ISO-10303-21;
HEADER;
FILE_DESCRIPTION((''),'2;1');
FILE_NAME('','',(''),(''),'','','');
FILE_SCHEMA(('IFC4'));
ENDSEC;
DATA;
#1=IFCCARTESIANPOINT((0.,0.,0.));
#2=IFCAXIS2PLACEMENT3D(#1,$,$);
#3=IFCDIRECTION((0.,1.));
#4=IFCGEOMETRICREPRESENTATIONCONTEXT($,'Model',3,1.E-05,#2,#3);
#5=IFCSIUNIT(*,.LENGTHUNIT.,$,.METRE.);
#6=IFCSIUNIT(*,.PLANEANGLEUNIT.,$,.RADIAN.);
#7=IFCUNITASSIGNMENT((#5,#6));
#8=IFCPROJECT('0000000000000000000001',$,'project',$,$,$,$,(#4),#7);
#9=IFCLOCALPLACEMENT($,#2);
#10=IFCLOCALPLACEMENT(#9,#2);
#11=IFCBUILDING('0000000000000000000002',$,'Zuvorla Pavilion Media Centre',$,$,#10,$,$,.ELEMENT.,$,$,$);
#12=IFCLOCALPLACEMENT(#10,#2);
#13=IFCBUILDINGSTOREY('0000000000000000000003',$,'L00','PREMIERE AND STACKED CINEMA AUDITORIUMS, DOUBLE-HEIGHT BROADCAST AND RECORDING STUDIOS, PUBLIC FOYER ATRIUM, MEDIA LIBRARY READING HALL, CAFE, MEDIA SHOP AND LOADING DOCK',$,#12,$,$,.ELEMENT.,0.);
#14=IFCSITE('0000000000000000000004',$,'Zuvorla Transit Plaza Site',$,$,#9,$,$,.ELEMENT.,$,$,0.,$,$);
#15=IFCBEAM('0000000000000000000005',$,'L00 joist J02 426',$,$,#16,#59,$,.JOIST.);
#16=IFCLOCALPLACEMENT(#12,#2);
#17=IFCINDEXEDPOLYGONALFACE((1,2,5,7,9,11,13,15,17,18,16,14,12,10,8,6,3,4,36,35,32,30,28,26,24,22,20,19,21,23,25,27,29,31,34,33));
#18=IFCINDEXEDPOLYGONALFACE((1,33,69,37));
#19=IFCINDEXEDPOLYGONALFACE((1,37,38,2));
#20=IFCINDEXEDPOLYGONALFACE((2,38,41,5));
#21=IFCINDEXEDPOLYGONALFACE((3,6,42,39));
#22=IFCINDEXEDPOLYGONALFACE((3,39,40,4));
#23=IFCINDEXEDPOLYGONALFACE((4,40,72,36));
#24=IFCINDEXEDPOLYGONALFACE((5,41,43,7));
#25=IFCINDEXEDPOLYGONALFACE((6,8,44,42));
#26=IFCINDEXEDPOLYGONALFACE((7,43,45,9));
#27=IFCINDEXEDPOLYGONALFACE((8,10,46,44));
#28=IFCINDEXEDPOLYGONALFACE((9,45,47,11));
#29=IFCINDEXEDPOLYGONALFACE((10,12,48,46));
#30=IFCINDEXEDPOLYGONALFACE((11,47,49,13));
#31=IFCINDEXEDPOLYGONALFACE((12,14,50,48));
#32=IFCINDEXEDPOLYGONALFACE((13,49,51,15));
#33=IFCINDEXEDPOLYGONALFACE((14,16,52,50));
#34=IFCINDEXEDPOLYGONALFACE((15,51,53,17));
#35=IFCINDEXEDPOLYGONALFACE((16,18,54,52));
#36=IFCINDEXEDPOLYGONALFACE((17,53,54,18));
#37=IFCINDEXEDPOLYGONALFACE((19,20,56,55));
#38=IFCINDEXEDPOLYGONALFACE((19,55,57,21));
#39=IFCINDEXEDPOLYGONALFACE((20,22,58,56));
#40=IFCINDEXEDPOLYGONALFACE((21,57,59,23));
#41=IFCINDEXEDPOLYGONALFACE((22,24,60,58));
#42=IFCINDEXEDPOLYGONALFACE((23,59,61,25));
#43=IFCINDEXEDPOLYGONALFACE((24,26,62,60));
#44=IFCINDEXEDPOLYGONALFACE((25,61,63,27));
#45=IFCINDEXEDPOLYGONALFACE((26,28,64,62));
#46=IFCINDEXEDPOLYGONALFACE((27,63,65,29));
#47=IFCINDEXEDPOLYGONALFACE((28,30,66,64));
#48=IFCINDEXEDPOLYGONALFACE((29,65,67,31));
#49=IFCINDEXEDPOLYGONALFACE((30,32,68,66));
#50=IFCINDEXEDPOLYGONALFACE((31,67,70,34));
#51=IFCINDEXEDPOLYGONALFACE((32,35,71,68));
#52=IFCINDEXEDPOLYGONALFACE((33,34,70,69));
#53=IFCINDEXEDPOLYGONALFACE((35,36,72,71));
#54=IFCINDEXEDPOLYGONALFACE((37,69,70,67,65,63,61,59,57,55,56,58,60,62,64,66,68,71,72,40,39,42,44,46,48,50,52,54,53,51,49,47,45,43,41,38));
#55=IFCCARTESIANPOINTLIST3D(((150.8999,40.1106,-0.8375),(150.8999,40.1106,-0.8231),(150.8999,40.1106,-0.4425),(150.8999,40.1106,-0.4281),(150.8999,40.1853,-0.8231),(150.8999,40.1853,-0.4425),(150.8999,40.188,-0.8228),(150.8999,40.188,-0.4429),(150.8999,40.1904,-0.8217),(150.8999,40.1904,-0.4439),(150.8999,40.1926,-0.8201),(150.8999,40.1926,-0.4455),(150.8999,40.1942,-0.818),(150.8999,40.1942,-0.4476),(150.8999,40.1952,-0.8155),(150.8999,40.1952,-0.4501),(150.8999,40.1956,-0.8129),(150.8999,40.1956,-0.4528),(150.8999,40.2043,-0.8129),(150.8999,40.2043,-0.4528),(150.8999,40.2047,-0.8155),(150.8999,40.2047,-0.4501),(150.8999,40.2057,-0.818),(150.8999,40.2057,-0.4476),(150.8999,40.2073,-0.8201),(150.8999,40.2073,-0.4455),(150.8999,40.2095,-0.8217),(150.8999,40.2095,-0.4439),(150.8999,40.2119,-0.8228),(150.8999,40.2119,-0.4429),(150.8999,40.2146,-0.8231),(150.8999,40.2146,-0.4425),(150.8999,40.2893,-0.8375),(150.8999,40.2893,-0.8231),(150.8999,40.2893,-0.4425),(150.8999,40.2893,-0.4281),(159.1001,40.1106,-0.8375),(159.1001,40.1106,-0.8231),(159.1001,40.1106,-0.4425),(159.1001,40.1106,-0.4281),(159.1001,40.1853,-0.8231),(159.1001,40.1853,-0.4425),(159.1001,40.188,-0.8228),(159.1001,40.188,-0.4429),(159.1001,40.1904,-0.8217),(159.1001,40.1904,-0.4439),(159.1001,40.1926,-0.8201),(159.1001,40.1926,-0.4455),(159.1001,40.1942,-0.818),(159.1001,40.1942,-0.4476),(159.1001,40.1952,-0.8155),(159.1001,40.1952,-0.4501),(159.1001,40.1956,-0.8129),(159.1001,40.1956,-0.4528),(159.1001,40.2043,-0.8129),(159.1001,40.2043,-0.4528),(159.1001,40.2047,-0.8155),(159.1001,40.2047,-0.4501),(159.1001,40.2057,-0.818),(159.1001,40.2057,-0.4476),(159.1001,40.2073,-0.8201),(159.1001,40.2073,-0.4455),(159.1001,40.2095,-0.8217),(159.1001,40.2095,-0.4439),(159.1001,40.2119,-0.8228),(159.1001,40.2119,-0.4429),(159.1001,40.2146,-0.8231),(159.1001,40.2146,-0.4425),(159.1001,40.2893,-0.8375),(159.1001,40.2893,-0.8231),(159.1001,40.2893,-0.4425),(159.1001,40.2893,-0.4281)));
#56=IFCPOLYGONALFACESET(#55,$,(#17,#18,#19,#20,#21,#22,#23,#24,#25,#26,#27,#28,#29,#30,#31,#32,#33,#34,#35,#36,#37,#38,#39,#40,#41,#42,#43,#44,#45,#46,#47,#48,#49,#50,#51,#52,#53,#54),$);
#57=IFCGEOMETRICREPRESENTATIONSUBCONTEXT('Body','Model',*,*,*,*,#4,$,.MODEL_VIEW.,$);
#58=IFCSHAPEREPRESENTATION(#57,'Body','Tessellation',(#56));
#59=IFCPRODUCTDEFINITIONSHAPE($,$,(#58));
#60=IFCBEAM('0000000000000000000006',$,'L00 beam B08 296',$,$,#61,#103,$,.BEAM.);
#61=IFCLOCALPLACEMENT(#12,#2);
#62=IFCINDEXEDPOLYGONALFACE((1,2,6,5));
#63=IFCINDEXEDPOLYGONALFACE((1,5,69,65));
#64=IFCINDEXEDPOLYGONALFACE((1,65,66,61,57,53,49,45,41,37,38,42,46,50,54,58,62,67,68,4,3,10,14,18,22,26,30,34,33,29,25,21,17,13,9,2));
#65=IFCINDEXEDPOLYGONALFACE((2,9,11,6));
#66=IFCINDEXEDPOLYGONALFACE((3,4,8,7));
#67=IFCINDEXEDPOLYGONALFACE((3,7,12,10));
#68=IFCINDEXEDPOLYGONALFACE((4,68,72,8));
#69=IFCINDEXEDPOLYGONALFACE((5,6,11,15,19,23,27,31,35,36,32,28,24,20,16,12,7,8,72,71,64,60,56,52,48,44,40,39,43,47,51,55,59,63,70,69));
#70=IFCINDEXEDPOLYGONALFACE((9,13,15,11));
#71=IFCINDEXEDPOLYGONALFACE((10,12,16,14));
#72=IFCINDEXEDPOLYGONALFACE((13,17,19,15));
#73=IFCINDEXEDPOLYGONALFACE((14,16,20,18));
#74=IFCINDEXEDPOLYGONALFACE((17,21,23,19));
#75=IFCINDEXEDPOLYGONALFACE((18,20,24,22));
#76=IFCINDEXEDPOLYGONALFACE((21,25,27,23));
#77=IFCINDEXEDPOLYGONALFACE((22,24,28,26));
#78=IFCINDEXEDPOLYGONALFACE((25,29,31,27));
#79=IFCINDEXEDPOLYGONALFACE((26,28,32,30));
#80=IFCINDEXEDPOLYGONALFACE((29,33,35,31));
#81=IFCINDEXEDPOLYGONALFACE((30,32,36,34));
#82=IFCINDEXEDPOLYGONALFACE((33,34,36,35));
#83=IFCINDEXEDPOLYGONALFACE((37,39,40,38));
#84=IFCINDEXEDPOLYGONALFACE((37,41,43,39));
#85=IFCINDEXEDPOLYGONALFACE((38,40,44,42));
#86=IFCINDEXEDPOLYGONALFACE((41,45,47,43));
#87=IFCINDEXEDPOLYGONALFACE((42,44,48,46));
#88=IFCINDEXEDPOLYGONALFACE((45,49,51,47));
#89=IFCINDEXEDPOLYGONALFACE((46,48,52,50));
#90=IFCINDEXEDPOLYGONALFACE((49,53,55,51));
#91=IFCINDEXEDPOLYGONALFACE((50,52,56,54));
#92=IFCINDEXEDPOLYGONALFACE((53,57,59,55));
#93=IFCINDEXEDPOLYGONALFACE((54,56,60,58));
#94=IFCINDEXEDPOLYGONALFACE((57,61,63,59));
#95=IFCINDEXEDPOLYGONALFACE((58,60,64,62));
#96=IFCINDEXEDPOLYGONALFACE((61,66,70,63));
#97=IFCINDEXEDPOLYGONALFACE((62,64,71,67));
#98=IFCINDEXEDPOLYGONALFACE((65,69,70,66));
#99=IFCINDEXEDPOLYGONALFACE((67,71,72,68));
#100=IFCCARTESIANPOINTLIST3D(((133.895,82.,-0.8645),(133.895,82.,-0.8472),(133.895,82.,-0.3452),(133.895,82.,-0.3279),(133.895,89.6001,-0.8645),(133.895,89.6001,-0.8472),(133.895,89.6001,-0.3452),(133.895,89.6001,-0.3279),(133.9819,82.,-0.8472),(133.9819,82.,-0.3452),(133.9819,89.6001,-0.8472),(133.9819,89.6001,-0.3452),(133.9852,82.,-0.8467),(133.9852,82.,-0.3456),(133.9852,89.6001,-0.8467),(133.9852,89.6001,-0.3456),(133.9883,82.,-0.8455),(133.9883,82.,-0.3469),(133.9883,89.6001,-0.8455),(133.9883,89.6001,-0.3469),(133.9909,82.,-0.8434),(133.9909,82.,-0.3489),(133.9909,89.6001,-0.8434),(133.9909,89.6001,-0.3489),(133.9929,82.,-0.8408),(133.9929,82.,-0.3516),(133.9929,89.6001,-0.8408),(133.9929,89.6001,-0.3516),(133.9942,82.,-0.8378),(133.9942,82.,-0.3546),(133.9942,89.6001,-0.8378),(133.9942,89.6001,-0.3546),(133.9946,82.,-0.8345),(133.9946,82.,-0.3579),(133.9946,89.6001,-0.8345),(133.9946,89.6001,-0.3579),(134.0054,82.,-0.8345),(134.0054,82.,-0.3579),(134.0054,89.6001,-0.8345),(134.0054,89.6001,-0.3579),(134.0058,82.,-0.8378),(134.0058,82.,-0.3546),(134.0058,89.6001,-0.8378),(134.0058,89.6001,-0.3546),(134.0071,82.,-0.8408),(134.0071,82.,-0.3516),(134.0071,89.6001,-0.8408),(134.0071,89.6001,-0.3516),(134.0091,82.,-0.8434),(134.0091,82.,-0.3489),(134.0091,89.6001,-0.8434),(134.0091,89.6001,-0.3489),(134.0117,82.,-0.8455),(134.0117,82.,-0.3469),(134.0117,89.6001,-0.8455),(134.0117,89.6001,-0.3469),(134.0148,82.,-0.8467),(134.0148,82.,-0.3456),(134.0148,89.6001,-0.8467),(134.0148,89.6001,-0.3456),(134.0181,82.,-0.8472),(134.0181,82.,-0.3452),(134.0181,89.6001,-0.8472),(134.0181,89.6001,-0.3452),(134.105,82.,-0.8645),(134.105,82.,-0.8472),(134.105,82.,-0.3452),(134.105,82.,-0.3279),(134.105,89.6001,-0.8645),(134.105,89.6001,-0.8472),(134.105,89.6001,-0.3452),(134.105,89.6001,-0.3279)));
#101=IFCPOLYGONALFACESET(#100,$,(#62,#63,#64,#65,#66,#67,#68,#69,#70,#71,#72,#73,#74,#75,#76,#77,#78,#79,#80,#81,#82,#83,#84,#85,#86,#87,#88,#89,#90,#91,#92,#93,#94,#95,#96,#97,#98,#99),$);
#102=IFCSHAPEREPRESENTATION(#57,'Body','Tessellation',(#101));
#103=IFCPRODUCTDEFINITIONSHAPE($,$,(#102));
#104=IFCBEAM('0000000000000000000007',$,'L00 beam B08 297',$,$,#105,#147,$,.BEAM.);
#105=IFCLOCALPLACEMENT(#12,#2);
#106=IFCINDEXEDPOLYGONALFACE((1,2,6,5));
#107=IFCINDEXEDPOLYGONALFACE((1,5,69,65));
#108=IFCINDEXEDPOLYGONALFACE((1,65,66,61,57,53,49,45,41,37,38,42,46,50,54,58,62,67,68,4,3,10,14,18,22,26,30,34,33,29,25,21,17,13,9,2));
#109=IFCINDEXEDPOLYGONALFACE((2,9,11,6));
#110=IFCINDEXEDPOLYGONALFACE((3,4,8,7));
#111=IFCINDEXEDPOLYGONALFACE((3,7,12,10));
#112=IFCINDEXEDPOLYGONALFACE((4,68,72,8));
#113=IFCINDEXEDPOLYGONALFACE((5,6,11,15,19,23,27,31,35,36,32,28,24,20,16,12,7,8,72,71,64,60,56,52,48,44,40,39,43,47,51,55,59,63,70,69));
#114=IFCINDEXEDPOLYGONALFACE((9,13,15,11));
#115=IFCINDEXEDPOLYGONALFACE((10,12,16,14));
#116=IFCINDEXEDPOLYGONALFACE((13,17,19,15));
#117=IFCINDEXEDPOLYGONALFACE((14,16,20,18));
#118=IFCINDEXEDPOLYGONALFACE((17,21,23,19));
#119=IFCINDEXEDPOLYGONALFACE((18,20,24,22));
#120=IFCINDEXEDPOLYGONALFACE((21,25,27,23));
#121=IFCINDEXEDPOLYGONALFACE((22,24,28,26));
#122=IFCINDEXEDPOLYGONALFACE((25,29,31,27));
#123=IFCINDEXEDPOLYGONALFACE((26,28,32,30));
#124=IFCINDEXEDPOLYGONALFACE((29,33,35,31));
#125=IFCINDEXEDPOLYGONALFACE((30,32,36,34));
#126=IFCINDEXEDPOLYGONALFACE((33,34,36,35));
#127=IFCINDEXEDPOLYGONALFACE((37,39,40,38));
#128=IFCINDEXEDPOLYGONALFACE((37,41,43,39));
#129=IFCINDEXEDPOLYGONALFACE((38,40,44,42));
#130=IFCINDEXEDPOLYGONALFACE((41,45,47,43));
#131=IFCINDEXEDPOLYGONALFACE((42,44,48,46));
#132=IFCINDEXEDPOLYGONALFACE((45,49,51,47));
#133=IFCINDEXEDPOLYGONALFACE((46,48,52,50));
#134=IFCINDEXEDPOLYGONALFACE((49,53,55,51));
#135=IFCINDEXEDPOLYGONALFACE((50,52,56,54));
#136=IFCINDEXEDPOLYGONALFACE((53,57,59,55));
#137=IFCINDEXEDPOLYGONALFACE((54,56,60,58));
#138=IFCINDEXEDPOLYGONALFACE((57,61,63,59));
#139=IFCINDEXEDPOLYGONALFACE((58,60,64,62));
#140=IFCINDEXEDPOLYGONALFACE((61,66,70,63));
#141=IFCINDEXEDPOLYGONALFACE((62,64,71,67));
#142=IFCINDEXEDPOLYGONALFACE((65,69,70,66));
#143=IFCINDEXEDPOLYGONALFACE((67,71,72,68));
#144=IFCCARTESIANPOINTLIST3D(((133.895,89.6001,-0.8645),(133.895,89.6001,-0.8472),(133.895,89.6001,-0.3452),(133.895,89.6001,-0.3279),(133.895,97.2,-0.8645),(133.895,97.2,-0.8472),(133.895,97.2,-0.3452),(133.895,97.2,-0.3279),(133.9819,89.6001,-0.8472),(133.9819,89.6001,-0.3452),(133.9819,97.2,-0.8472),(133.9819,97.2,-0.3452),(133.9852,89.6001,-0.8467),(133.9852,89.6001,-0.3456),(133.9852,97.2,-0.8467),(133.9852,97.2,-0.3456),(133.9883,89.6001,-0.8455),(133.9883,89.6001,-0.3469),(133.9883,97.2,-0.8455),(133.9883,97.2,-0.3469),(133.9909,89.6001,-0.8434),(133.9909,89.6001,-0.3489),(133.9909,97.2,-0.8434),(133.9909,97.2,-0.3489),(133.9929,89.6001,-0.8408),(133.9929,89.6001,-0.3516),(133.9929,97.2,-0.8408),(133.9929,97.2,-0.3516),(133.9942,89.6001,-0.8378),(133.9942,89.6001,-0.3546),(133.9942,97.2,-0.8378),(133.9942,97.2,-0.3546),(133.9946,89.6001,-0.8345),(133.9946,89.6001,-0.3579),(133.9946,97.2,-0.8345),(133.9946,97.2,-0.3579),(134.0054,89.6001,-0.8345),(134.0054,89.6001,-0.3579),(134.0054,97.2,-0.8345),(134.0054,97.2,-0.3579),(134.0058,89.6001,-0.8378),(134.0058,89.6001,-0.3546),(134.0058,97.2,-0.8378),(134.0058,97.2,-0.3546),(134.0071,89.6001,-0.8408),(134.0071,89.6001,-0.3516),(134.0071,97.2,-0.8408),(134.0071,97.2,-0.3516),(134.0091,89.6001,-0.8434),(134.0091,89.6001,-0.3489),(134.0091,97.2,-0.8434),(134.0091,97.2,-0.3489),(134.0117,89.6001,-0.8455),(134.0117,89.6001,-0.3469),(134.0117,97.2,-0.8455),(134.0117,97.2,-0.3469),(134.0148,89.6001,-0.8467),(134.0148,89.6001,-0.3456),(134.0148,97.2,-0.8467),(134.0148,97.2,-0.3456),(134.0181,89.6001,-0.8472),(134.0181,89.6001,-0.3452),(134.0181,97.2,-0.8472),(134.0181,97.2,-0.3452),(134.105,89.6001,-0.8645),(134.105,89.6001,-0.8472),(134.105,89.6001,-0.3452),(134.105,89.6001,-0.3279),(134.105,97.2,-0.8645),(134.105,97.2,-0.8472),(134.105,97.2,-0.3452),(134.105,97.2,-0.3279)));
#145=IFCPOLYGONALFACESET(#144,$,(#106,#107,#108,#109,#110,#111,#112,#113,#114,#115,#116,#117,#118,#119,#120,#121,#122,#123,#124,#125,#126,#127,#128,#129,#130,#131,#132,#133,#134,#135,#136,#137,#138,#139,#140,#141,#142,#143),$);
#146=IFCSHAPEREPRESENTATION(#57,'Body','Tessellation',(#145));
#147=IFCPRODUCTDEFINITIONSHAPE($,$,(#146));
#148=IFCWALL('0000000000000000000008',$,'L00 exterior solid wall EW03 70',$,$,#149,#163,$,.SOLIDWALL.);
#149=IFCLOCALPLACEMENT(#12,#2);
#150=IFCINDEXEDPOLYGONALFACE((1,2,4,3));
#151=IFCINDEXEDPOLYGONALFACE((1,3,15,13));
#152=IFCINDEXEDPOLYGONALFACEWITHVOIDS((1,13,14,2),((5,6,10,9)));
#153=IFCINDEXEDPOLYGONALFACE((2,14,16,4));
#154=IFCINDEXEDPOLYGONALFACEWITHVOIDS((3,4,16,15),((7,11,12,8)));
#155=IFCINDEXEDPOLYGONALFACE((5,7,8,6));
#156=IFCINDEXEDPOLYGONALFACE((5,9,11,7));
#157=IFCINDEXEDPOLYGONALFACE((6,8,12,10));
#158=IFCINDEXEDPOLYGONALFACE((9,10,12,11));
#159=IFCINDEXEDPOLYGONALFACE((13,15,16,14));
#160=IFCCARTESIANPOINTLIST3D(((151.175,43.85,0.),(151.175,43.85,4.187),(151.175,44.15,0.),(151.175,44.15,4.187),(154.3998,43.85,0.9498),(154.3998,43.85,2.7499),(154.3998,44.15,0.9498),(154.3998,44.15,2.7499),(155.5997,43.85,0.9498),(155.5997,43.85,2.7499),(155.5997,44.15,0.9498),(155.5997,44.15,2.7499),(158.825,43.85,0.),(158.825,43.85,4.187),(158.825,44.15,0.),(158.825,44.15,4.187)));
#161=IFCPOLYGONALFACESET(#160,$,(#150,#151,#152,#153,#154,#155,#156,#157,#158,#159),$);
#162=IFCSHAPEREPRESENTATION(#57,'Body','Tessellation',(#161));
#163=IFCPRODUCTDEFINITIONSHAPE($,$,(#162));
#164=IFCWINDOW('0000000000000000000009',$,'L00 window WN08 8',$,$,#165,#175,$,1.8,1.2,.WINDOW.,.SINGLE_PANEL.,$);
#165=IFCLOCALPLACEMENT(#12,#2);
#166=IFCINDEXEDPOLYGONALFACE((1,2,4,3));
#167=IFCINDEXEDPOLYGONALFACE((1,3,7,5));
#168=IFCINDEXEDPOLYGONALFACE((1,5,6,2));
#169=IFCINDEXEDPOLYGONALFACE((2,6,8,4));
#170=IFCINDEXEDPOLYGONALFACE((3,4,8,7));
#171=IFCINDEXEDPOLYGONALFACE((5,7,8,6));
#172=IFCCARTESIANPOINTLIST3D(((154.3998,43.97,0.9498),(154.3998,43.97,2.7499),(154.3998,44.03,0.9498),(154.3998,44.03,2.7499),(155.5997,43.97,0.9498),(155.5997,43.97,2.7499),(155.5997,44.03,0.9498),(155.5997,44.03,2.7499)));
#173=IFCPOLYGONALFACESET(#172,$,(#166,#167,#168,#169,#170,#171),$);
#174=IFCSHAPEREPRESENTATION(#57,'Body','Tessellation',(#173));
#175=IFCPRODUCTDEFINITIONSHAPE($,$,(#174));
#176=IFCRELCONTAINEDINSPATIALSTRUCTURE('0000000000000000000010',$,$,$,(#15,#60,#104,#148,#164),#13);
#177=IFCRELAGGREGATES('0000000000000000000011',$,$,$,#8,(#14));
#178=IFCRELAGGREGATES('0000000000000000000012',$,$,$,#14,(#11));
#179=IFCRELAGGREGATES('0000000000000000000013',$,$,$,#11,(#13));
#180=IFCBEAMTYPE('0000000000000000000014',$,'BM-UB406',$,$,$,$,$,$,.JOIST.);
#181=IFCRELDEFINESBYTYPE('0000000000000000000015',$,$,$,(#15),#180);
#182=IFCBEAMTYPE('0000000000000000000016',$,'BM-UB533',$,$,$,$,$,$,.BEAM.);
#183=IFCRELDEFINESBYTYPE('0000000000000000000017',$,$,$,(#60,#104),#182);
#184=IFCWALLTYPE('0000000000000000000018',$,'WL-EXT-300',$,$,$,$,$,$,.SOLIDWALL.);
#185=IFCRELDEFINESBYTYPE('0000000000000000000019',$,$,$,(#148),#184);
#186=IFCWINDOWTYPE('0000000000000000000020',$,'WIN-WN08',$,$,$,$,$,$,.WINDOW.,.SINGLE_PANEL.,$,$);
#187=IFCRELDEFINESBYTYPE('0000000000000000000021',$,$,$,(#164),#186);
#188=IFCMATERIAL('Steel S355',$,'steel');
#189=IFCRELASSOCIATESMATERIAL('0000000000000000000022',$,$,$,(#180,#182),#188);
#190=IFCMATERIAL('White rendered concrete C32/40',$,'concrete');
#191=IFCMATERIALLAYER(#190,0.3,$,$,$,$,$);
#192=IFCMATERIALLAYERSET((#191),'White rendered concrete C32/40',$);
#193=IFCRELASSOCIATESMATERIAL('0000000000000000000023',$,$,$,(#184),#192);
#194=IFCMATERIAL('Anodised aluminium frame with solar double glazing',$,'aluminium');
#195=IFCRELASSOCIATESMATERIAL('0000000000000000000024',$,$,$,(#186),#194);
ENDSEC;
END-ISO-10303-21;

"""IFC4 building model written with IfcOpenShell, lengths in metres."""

from ifc_helpers import new_model, si_unit, direction, frame, frame_2d, origin, origin_2d, place, context, subcontext, project, spatial, rectangle, i_section, extrude, material, layer, layer_set, material_profile, profile_set, type_object, element, fill, save


model = new_model("IFC4")

# Units and contexts
model_context = context("Model", 3, precision=1e-05, world=origin(), true_north=direction((0.0, 1.0)))
body_context = subcontext(model_context, "Body", "Model", "MODEL_VIEW")
ifc_project = project(units=[si_unit("LENGTHUNIT", "METRE"), si_unit("PLANEANGLEUNIT", "RADIAN")], contexts=[model_context])

# Site, building, storey
site_placement = place(None, origin())
site = spatial("IfcSite", under=ifc_project, at=site_placement, Name="Zuvorla Transit Plaza Site", CompositionType="ELEMENT", RefElevation=0.0)
building_placement = place(site_placement, origin())
building = spatial("IfcBuilding", under=site, at=building_placement, Name="Zuvorla Pavilion Media Centre", CompositionType="ELEMENT")
storey_placement = place(building_placement, origin())
storey = spatial("IfcBuildingStorey", under=building, at=storey_placement, Name="L00", Description="PREMIERE AND STACKED CINEMA AUDITORIUMS, DOUBLE-HEIGHT BROADCAST AND RECORDING STUDIOS, PUBLIC FOYER ATRIUM, MEDIA LIBRARY READING HALL, CAFE, MEDIA SHOP AND LOADING DOCK", CompositionType="ELEMENT", Elevation=0.0)

# Beams
ifc_material_1 = material(Name="Steel S355", Category="steel")
ifc_material_profile_1 = material_profile(ifc_material_1, i_section(OverallWidth=0.1787, OverallDepth=0.4094, WebThickness=0.0088, FlangeThickness=0.0144, FilletRadius=0.0103, at=origin_2d()), Name="UB 406x178x67")
ifc_profile_set_1 = profile_set([ifc_material_profile_1], Name="Steel S355")
beam_type_1 = type_object("IfcBeamType", Name="BM-UB406", PredefinedType="JOIST", material=ifc_profile_set_1)
beam_1_placement = place(storey_placement, frame((150.8999, 40.2, -0.6328), z_axis=(1.0, 0.0, 0.0), x_axis=(0.0, 1.0, 0.0)))
element("IfcBeam", 1, at=beam_1_placement, inside=storey, type_object=beam_type_1, Name="L00 joist J02 426", PredefinedType="JOIST", context=body_context, shape_type="SweptSolid", body=[
    extrude(i_section(OverallWidth=0.1787, OverallDepth=0.4094, WebThickness=0.0088, FlangeThickness=0.0144, FilletRadius=0.0103, at=origin_2d()), origin(), (0.0, 0.0, 1.0), 8.2002),
])
ifc_material_profile_2 = material_profile(ifc_material_1, i_section(OverallWidth=0.21, OverallDepth=0.5366, WebThickness=0.0107, FlangeThickness=0.0173, FilletRadius=0.0127, at=origin_2d()), Name="UB 533x210x101")
ifc_profile_set_2 = profile_set([ifc_material_profile_2], Name="Steel S355")
beam_type_2 = type_object("IfcBeamType", Name="BM-UB533", PredefinedType="BEAM", material=ifc_profile_set_2)
beam_2_placement = place(storey_placement, frame((134.0, 82.0, -0.5962), z_axis=(0.0, 1.0, 0.0), x_axis=(-1.0, 0.0, 0.0)))
element("IfcBeam", 2, at=beam_2_placement, inside=storey, type_object=beam_type_2, Name="L00 beam B08 296", PredefinedType="BEAM", context=body_context, shape_type="SweptSolid", body=[
    extrude(i_section(OverallWidth=0.21, OverallDepth=0.5366, WebThickness=0.0107, FlangeThickness=0.0173, FilletRadius=0.0127, at=origin_2d()), origin(), (0.0, 0.0, 1.0), 7.6001),
])
beam_3_placement = place(storey_placement, frame((134.0, 89.6001, -0.5962), z_axis=(0.0, 1.0, 0.0), x_axis=(-1.0, 0.0, 0.0)))
element("IfcBeam", 3, at=beam_3_placement, inside=storey, type_object=beam_type_2, Name="L00 beam B08 297", PredefinedType="BEAM", context=body_context, shape_type="SweptSolid", body=[
    extrude(i_section(OverallWidth=0.21, OverallDepth=0.5366, WebThickness=0.0107, FlangeThickness=0.0173, FilletRadius=0.0127, at=origin_2d()), origin(), (0.0, 0.0, 1.0), 7.5999),
])

# Wall, opening, window
ifc_material_2 = material(Name="White rendered concrete C32/40", Category="concrete")
ifc_layer_1 = layer(ifc_material_2, 0.3)
ifc_layer_set_1 = layer_set([ifc_layer_1], Name="White rendered concrete C32/40")
wall_type_1 = type_object("IfcWallType", Name="WL-EXT-300", PredefinedType="SOLIDWALL", material=ifc_layer_set_1)
wall_1_placement = place(storey_placement, frame((158.825, 44.0, 0.0), z_axis=(0.0, 0.0, 1.0), x_axis=(-1.0, 0.0, 0.0)))
wall_1 = element("IfcWall", 4, at=wall_1_placement, inside=storey, type_object=wall_type_1, Name="L00 exterior solid wall EW03 70", PredefinedType="SOLIDWALL", context=body_context, shape_type="SweptSolid", body=[
    extrude(rectangle(XDim=7.6499, YDim=0.3, at=frame_2d((3.825, 0.0))), origin(), (0.0, 0.0, 1.0), 4.187),
])
opening_1_placement = place(wall_1_placement, frame((3.2251, 0.0, 0.95)))
opening_1 = element("IfcOpeningElement", 5, at=opening_1_placement, cuts=wall_1, PredefinedType="OPENING", context=body_context, shape_type="SweptSolid", body=[
    extrude(rectangle(XDim=1.2, YDim=1.8, at=frame_2d((0.6001, 0.8999))), frame((0.0, 0.1599, 0.0), z_axis=(0.0, -1.0, 0.0), x_axis=(1.0, 0.0, 0.0)), (0.0, 0.0, 1.0), 0.3201),
])
ifc_material_3 = material(Name="Anodised aluminium frame with solar double glazing", Category="aluminium")
window_type_1 = type_object("IfcWindowType", Name="WIN-WN08", PartitioningType="SINGLE_PANEL", PredefinedType="WINDOW", material=ifc_material_3)
window_1_placement = place(opening_1_placement, origin())
window_1 = element("IfcWindow", 6, at=window_1_placement, inside=storey, type_object=window_type_1, Name="L00 window WN08 8", OverallHeight=1.8, OverallWidth=1.2, PartitioningType="SINGLE_PANEL", PredefinedType="WINDOW", context=body_context, shape_type="SweptSolid", body=[
    extrude(rectangle(XDim=1.2, YDim=1.8, at=frame_2d((0.6001, 0.8999))), frame((0.0, 0.03, 0.0), z_axis=(0.0, -1.0, 0.0), x_axis=(1.0, 0.0, 0.0)), (0.0, 0.0, 1.0), 0.0601),
])
fill(opening_1, window_1)

save(model, "model.ifc")
